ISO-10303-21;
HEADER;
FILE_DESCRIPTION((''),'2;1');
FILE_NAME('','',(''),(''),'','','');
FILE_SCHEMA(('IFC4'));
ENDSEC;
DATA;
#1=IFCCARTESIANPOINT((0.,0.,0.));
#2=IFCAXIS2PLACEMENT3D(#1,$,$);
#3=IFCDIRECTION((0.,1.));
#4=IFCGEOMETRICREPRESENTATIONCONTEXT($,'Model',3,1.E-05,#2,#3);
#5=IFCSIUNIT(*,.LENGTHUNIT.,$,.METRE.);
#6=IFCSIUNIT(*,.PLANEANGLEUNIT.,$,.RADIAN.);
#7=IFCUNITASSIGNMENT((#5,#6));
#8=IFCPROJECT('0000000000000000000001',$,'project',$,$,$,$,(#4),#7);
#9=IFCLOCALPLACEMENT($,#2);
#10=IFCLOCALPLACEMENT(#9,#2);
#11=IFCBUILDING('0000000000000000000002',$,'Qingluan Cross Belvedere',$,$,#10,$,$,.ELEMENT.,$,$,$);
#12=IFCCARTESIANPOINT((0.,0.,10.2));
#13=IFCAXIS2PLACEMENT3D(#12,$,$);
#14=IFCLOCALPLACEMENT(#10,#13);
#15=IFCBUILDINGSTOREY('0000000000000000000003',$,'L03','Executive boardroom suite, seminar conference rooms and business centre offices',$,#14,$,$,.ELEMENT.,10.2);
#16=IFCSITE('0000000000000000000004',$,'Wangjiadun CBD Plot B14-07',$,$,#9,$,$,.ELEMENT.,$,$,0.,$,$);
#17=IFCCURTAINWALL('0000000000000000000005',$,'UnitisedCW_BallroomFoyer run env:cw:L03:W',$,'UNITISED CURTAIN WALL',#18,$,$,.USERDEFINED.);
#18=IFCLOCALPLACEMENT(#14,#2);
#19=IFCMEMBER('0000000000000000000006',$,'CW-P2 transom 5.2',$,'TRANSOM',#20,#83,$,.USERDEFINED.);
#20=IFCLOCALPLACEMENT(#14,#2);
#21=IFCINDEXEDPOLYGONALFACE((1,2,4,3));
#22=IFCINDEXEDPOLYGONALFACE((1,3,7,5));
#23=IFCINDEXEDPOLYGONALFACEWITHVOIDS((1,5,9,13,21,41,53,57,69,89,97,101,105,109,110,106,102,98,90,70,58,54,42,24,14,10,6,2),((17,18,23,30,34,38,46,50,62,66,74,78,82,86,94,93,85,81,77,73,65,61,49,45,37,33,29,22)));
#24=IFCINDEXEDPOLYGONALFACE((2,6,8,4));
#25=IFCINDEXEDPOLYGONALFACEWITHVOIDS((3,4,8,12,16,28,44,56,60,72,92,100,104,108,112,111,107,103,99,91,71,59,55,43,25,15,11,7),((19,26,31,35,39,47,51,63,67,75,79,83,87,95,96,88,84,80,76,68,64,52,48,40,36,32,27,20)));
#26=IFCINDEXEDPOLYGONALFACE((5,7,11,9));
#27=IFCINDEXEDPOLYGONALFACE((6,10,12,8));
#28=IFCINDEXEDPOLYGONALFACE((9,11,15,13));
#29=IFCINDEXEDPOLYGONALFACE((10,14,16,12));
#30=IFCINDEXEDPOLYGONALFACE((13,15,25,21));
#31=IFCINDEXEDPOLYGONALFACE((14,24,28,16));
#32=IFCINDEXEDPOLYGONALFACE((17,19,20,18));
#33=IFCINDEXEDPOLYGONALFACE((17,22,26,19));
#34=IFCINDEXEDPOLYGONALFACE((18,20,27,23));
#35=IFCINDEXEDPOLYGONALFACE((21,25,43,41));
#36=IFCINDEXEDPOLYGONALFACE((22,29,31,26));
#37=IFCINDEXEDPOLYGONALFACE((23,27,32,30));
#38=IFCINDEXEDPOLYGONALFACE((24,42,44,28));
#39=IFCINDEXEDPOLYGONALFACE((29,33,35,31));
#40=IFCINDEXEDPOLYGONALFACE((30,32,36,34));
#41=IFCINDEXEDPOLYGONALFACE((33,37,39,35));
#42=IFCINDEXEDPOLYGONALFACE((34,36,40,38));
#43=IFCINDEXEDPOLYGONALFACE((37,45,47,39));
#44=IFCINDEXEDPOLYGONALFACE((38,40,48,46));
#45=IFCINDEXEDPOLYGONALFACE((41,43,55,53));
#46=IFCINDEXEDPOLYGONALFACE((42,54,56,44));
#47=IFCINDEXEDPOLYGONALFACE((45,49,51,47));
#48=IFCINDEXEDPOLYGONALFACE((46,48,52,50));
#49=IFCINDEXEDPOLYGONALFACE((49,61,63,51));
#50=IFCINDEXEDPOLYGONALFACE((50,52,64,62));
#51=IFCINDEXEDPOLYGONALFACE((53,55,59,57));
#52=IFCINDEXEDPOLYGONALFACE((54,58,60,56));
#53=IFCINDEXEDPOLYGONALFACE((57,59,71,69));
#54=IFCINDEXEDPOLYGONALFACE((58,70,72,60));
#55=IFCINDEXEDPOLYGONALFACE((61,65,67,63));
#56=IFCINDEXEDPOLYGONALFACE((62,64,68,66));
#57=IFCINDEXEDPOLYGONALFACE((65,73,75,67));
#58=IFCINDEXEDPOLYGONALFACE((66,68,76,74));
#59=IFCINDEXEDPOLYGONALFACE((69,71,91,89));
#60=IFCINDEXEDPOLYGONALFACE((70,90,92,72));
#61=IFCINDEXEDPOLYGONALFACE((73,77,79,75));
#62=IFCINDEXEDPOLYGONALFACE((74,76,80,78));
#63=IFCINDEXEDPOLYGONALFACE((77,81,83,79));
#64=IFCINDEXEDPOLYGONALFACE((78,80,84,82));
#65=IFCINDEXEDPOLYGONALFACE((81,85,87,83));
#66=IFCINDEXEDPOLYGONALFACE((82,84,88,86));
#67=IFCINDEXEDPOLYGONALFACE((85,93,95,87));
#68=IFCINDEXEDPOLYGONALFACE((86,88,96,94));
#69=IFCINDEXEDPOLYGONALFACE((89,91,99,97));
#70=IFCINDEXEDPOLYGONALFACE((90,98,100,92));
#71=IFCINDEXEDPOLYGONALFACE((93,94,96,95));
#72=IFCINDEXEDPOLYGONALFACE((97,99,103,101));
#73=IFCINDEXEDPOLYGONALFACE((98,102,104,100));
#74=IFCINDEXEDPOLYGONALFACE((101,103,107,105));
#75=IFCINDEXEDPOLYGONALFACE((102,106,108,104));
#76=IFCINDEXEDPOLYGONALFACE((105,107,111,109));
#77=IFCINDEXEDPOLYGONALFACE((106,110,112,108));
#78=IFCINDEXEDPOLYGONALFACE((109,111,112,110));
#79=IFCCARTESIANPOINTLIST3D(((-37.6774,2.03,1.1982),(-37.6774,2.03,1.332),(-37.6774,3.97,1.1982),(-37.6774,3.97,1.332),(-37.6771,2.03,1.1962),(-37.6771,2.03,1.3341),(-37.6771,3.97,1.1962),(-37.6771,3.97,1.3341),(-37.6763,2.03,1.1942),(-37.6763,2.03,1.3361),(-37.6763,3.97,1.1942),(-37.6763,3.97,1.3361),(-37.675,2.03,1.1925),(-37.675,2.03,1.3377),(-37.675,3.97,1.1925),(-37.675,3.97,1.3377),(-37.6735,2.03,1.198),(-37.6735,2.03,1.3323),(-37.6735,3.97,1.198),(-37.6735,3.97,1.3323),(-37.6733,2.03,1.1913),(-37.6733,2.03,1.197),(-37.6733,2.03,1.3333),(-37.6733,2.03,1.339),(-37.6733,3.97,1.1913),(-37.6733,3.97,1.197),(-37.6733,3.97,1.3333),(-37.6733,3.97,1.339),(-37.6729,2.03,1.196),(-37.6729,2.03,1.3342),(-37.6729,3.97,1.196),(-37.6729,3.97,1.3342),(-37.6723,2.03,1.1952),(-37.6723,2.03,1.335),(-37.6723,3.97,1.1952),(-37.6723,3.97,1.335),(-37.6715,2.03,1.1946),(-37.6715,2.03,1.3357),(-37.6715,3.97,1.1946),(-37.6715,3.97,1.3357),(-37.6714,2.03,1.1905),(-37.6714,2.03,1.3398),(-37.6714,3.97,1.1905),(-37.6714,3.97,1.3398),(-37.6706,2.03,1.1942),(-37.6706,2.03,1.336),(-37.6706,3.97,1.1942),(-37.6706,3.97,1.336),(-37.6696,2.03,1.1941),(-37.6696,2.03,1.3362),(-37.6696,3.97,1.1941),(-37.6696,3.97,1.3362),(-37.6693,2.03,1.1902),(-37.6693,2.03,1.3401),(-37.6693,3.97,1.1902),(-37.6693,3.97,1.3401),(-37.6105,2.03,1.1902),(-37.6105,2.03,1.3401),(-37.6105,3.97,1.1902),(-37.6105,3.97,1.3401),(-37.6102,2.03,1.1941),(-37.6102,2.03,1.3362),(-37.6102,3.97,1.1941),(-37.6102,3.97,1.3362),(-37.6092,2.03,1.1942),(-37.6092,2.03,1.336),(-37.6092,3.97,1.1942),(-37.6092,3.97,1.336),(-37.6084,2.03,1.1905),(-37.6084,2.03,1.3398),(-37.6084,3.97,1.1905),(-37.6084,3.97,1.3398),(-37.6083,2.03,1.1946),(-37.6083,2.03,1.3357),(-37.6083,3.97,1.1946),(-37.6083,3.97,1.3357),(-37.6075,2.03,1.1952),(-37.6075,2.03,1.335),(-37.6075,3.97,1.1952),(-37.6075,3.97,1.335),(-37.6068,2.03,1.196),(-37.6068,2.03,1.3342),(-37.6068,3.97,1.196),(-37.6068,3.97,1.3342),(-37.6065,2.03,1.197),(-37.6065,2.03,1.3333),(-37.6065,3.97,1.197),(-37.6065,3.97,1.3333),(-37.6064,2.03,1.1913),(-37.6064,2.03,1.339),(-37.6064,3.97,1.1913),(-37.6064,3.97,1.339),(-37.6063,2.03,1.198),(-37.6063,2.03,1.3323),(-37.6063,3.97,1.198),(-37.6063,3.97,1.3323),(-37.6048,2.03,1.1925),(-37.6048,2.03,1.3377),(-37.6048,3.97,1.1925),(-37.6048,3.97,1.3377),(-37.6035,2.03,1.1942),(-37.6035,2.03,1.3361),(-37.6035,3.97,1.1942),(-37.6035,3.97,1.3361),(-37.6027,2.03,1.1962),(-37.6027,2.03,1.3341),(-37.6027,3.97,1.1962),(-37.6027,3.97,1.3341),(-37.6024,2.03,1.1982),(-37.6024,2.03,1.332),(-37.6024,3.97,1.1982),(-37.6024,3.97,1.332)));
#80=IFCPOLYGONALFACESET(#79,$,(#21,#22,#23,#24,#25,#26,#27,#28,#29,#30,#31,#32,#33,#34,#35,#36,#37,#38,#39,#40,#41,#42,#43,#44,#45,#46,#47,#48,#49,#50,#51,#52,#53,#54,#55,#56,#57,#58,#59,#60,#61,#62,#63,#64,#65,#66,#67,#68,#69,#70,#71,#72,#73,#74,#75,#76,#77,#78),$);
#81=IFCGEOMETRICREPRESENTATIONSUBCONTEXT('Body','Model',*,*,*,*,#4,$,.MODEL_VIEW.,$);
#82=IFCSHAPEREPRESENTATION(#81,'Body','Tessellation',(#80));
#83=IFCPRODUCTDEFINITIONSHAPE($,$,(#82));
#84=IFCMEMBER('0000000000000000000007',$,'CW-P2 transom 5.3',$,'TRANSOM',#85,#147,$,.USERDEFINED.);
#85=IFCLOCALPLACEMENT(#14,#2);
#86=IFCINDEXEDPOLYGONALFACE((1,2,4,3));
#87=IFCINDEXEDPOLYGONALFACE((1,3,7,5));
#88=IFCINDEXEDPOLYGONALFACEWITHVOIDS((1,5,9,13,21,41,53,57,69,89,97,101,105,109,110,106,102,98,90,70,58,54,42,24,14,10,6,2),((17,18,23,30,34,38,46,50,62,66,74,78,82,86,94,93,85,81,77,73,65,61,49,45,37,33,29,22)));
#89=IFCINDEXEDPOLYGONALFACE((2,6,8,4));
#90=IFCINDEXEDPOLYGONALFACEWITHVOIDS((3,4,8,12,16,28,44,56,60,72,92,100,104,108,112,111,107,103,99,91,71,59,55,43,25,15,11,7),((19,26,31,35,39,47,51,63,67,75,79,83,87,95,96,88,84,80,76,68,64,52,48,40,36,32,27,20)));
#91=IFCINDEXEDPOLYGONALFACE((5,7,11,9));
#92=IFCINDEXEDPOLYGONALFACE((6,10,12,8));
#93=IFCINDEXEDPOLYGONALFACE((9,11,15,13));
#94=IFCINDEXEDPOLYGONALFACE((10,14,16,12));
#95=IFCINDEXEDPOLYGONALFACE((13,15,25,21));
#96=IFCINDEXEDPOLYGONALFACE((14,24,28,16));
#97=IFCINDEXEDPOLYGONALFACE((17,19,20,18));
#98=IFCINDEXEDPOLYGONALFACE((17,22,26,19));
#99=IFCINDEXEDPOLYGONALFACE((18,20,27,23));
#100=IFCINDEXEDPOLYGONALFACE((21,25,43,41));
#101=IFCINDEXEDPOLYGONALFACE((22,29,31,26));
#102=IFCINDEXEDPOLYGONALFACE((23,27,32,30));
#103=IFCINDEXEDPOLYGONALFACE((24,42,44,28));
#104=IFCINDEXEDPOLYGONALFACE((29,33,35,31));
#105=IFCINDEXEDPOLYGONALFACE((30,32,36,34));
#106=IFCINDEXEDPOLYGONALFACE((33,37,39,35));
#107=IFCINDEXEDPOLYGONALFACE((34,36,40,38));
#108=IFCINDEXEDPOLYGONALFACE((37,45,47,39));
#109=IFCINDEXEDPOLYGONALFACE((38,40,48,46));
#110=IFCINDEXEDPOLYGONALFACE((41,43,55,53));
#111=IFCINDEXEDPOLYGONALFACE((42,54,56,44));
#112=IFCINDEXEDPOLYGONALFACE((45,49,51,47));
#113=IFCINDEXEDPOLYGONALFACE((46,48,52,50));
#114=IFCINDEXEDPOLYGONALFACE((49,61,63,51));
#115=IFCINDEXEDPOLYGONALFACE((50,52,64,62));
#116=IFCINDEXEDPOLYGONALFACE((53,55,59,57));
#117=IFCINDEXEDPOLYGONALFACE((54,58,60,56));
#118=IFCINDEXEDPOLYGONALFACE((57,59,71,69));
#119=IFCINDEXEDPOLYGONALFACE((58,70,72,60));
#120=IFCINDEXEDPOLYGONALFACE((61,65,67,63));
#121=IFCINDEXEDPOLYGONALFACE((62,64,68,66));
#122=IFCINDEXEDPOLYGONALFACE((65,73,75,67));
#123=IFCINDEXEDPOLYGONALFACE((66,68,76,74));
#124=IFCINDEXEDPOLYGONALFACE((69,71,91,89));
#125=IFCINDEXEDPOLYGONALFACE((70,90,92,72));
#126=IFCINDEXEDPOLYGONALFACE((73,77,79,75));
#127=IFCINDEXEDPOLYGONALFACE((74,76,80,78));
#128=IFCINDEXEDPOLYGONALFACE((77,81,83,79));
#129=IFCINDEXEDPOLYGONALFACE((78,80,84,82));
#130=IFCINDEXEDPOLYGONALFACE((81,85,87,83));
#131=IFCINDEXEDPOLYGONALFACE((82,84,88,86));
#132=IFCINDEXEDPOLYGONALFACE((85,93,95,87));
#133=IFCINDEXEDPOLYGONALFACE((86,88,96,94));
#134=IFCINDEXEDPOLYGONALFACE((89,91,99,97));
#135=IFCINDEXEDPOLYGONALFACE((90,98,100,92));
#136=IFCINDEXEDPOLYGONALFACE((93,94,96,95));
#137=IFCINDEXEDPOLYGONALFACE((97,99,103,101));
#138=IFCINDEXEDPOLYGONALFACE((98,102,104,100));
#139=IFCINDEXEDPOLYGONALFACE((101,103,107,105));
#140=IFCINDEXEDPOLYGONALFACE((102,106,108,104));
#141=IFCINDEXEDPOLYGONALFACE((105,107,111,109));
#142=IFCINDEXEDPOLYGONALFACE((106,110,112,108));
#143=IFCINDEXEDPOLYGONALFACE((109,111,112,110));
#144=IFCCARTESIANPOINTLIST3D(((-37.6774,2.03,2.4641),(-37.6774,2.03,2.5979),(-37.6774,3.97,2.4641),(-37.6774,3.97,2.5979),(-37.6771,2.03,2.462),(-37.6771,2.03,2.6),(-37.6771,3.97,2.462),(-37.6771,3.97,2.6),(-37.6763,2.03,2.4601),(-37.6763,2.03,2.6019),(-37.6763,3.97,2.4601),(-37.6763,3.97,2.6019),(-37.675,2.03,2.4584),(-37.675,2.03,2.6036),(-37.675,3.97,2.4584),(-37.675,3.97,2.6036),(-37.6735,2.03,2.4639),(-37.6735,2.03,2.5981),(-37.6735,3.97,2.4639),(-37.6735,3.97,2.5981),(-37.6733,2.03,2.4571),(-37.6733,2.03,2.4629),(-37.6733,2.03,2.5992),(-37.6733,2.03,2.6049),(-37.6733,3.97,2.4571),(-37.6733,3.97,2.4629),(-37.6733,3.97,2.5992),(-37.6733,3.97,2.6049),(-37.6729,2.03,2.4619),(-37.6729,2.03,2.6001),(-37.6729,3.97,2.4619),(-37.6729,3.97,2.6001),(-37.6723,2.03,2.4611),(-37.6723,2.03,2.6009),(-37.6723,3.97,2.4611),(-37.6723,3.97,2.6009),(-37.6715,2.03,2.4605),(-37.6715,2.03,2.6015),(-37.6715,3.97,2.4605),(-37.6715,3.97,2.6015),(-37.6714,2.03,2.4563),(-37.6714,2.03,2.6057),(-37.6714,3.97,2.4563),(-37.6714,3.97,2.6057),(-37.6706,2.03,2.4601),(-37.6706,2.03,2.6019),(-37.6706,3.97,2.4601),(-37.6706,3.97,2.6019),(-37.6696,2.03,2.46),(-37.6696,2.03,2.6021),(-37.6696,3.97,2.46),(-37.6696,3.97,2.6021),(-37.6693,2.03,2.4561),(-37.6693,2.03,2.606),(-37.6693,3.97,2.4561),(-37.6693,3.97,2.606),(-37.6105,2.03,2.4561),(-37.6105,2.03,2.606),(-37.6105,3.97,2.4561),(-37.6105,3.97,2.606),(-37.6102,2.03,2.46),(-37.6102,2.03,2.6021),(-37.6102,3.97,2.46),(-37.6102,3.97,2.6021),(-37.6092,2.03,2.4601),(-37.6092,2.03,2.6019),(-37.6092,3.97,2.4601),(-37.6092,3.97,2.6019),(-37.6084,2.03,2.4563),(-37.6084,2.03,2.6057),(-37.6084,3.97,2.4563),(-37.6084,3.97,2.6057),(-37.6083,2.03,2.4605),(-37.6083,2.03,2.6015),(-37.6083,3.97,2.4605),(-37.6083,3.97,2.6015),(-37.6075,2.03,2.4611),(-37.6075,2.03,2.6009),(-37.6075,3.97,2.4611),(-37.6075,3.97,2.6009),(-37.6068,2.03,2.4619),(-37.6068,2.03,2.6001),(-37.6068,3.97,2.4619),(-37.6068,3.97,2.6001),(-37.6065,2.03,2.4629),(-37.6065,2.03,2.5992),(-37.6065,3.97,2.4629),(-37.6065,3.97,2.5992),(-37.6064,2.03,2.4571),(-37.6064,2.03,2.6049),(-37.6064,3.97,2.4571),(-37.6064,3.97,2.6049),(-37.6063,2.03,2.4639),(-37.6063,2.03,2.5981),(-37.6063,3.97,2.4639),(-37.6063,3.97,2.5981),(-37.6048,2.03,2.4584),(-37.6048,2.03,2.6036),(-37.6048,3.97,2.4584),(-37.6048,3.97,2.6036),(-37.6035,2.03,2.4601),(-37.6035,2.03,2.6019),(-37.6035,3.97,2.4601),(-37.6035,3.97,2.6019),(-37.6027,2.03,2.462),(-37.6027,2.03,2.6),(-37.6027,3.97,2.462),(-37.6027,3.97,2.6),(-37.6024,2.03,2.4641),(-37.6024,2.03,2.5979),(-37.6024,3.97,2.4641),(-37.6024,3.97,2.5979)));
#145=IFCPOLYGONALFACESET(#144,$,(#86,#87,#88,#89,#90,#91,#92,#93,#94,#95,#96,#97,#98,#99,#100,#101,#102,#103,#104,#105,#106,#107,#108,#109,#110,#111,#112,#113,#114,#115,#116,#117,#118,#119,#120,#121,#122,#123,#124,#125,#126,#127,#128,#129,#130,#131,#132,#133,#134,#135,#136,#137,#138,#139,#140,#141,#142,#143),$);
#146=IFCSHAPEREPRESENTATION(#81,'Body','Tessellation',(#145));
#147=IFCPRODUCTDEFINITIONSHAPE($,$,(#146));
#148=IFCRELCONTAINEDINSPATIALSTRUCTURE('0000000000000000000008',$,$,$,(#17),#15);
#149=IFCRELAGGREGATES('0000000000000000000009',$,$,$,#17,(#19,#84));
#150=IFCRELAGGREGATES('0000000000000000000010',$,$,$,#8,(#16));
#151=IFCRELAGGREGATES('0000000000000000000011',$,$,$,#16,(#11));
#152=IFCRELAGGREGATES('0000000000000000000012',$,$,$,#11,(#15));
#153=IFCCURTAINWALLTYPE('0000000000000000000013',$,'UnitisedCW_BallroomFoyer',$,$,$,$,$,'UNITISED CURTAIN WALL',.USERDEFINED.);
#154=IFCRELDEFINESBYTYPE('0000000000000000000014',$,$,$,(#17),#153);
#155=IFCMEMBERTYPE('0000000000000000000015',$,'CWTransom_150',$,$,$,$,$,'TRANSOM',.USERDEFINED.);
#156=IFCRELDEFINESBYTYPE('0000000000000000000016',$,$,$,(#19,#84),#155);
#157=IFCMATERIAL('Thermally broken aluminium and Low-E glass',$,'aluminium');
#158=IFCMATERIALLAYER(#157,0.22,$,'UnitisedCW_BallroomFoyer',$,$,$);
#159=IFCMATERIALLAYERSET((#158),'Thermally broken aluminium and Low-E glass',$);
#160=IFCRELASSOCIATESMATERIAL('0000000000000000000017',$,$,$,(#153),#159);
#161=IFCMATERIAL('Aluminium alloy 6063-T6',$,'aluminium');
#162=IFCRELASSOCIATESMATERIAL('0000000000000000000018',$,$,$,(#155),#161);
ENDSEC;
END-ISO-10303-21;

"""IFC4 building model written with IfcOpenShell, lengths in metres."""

from ifc_helpers import new_model, si_unit, direction, frame, origin, origin_2d, place, context, subcontext, project, spatial, hollow_rectangle, extrude, material, layer, layer_set, material_profile, profile_set, type_object, element, aggregate, save


model = new_model("IFC4")

# Units and contexts
model_context = context("Model", 3, precision=1e-05, world=origin(), true_north=direction((0.0, 1.0)))
body_context = subcontext(model_context, "Body", "Model", "MODEL_VIEW")
ifc_project = project(units=[si_unit("LENGTHUNIT", "METRE"), si_unit("PLANEANGLEUNIT", "RADIAN")], contexts=[model_context])

# Site, building, storey
site_placement = place(None, origin())
site = spatial("IfcSite", under=ifc_project, at=site_placement, Name="Wangjiadun CBD Plot B14-07", CompositionType="ELEMENT", RefElevation=0.0)
building_placement = place(site_placement, origin())
building = spatial("IfcBuilding", under=site, at=building_placement, Name="Qingluan Cross Belvedere", CompositionType="ELEMENT")
storey_placement = place(building_placement, frame((0.0, 0.0, 10.2)))
storey = spatial("IfcBuildingStorey", under=building, at=storey_placement, Name="L03", Description="Executive boardroom suite, seminar conference rooms and business centre offices", CompositionType="ELEMENT", Elevation=10.2)

# Curtain wall, members
ifc_material_1 = material(Name="Thermally broken aluminium and Low-E glass", Category="aluminium")
ifc_layer_1 = layer(ifc_material_1, 0.22, Name="UnitisedCW_BallroomFoyer")
ifc_layer_set_1 = layer_set([ifc_layer_1], Name="Thermally broken aluminium and Low-E glass")
curtain_wall_type = type_object("IfcCurtainWallType", Name="UnitisedCW_BallroomFoyer", ElementType="UNITISED CURTAIN WALL", PredefinedType="USERDEFINED", material=ifc_layer_set_1)
curtain_wall_placement = place(storey_placement, origin())
curtain_wall = element("IfcCurtainWall", 1, at=curtain_wall_placement, inside=storey, type_object=curtain_wall_type, Name="UnitisedCW_BallroomFoyer run env:cw:L03:W", ObjectType="UNITISED CURTAIN WALL", PredefinedType="USERDEFINED")
ifc_material_2 = material(Name="Aluminium alloy 6063-T6", Category="aluminium")
ifc_material_profile_1 = material_profile(ifc_material_2, hollow_rectangle(XDim=0.075, YDim=0.1499, WallThickness=0.0039, InnerFilletRadius=0.0039, OuterFilletRadius=0.0081, at=origin_2d()), Name="CWT150x75x4")
ifc_profile_set_1 = profile_set([ifc_material_profile_1], Name="Aluminium alloy 6063-T6")
member_type_1 = type_object("IfcMemberType", Name="CWTransom_150", ElementType="TRANSOM", PredefinedType="USERDEFINED", material=ifc_profile_set_1)
member_1_placement = place(storey_placement, frame((-37.6399, 2.03, 1.2651), z_axis=(0.0, 1.0, 0.0), x_axis=(-1.0, 0.0, 0.0)))
member_1 = element("IfcMember", 2, at=member_1_placement, type_object=member_type_1, Name="CW-P2 transom 5.2", ObjectType="TRANSOM", PredefinedType="USERDEFINED", context=body_context, shape_type="SweptSolid", body=[
    extrude(hollow_rectangle(XDim=0.075, YDim=0.1499, WallThickness=0.0039, InnerFilletRadius=0.0039, OuterFilletRadius=0.0081, at=origin_2d()), origin(), (0.0, 0.0, 1.0), 1.9399),
])
member_2_placement = place(storey_placement, frame((-37.6399, 2.03, 2.531), z_axis=(0.0, 1.0, 0.0), x_axis=(-1.0, 0.0, 0.0)))
member_2 = element("IfcMember", 3, at=member_2_placement, type_object=member_type_1, Name="CW-P2 transom 5.3", ObjectType="TRANSOM", PredefinedType="USERDEFINED", context=body_context, shape_type="SweptSolid", body=[
    extrude(hollow_rectangle(XDim=0.075, YDim=0.1499, WallThickness=0.0039, InnerFilletRadius=0.0039, OuterFilletRadius=0.0081, at=origin_2d()), origin(), (0.0, 0.0, 1.0), 1.9399),
])
aggregate(curtain_wall, [member_1, member_2])

save(model, "model.ifc")
